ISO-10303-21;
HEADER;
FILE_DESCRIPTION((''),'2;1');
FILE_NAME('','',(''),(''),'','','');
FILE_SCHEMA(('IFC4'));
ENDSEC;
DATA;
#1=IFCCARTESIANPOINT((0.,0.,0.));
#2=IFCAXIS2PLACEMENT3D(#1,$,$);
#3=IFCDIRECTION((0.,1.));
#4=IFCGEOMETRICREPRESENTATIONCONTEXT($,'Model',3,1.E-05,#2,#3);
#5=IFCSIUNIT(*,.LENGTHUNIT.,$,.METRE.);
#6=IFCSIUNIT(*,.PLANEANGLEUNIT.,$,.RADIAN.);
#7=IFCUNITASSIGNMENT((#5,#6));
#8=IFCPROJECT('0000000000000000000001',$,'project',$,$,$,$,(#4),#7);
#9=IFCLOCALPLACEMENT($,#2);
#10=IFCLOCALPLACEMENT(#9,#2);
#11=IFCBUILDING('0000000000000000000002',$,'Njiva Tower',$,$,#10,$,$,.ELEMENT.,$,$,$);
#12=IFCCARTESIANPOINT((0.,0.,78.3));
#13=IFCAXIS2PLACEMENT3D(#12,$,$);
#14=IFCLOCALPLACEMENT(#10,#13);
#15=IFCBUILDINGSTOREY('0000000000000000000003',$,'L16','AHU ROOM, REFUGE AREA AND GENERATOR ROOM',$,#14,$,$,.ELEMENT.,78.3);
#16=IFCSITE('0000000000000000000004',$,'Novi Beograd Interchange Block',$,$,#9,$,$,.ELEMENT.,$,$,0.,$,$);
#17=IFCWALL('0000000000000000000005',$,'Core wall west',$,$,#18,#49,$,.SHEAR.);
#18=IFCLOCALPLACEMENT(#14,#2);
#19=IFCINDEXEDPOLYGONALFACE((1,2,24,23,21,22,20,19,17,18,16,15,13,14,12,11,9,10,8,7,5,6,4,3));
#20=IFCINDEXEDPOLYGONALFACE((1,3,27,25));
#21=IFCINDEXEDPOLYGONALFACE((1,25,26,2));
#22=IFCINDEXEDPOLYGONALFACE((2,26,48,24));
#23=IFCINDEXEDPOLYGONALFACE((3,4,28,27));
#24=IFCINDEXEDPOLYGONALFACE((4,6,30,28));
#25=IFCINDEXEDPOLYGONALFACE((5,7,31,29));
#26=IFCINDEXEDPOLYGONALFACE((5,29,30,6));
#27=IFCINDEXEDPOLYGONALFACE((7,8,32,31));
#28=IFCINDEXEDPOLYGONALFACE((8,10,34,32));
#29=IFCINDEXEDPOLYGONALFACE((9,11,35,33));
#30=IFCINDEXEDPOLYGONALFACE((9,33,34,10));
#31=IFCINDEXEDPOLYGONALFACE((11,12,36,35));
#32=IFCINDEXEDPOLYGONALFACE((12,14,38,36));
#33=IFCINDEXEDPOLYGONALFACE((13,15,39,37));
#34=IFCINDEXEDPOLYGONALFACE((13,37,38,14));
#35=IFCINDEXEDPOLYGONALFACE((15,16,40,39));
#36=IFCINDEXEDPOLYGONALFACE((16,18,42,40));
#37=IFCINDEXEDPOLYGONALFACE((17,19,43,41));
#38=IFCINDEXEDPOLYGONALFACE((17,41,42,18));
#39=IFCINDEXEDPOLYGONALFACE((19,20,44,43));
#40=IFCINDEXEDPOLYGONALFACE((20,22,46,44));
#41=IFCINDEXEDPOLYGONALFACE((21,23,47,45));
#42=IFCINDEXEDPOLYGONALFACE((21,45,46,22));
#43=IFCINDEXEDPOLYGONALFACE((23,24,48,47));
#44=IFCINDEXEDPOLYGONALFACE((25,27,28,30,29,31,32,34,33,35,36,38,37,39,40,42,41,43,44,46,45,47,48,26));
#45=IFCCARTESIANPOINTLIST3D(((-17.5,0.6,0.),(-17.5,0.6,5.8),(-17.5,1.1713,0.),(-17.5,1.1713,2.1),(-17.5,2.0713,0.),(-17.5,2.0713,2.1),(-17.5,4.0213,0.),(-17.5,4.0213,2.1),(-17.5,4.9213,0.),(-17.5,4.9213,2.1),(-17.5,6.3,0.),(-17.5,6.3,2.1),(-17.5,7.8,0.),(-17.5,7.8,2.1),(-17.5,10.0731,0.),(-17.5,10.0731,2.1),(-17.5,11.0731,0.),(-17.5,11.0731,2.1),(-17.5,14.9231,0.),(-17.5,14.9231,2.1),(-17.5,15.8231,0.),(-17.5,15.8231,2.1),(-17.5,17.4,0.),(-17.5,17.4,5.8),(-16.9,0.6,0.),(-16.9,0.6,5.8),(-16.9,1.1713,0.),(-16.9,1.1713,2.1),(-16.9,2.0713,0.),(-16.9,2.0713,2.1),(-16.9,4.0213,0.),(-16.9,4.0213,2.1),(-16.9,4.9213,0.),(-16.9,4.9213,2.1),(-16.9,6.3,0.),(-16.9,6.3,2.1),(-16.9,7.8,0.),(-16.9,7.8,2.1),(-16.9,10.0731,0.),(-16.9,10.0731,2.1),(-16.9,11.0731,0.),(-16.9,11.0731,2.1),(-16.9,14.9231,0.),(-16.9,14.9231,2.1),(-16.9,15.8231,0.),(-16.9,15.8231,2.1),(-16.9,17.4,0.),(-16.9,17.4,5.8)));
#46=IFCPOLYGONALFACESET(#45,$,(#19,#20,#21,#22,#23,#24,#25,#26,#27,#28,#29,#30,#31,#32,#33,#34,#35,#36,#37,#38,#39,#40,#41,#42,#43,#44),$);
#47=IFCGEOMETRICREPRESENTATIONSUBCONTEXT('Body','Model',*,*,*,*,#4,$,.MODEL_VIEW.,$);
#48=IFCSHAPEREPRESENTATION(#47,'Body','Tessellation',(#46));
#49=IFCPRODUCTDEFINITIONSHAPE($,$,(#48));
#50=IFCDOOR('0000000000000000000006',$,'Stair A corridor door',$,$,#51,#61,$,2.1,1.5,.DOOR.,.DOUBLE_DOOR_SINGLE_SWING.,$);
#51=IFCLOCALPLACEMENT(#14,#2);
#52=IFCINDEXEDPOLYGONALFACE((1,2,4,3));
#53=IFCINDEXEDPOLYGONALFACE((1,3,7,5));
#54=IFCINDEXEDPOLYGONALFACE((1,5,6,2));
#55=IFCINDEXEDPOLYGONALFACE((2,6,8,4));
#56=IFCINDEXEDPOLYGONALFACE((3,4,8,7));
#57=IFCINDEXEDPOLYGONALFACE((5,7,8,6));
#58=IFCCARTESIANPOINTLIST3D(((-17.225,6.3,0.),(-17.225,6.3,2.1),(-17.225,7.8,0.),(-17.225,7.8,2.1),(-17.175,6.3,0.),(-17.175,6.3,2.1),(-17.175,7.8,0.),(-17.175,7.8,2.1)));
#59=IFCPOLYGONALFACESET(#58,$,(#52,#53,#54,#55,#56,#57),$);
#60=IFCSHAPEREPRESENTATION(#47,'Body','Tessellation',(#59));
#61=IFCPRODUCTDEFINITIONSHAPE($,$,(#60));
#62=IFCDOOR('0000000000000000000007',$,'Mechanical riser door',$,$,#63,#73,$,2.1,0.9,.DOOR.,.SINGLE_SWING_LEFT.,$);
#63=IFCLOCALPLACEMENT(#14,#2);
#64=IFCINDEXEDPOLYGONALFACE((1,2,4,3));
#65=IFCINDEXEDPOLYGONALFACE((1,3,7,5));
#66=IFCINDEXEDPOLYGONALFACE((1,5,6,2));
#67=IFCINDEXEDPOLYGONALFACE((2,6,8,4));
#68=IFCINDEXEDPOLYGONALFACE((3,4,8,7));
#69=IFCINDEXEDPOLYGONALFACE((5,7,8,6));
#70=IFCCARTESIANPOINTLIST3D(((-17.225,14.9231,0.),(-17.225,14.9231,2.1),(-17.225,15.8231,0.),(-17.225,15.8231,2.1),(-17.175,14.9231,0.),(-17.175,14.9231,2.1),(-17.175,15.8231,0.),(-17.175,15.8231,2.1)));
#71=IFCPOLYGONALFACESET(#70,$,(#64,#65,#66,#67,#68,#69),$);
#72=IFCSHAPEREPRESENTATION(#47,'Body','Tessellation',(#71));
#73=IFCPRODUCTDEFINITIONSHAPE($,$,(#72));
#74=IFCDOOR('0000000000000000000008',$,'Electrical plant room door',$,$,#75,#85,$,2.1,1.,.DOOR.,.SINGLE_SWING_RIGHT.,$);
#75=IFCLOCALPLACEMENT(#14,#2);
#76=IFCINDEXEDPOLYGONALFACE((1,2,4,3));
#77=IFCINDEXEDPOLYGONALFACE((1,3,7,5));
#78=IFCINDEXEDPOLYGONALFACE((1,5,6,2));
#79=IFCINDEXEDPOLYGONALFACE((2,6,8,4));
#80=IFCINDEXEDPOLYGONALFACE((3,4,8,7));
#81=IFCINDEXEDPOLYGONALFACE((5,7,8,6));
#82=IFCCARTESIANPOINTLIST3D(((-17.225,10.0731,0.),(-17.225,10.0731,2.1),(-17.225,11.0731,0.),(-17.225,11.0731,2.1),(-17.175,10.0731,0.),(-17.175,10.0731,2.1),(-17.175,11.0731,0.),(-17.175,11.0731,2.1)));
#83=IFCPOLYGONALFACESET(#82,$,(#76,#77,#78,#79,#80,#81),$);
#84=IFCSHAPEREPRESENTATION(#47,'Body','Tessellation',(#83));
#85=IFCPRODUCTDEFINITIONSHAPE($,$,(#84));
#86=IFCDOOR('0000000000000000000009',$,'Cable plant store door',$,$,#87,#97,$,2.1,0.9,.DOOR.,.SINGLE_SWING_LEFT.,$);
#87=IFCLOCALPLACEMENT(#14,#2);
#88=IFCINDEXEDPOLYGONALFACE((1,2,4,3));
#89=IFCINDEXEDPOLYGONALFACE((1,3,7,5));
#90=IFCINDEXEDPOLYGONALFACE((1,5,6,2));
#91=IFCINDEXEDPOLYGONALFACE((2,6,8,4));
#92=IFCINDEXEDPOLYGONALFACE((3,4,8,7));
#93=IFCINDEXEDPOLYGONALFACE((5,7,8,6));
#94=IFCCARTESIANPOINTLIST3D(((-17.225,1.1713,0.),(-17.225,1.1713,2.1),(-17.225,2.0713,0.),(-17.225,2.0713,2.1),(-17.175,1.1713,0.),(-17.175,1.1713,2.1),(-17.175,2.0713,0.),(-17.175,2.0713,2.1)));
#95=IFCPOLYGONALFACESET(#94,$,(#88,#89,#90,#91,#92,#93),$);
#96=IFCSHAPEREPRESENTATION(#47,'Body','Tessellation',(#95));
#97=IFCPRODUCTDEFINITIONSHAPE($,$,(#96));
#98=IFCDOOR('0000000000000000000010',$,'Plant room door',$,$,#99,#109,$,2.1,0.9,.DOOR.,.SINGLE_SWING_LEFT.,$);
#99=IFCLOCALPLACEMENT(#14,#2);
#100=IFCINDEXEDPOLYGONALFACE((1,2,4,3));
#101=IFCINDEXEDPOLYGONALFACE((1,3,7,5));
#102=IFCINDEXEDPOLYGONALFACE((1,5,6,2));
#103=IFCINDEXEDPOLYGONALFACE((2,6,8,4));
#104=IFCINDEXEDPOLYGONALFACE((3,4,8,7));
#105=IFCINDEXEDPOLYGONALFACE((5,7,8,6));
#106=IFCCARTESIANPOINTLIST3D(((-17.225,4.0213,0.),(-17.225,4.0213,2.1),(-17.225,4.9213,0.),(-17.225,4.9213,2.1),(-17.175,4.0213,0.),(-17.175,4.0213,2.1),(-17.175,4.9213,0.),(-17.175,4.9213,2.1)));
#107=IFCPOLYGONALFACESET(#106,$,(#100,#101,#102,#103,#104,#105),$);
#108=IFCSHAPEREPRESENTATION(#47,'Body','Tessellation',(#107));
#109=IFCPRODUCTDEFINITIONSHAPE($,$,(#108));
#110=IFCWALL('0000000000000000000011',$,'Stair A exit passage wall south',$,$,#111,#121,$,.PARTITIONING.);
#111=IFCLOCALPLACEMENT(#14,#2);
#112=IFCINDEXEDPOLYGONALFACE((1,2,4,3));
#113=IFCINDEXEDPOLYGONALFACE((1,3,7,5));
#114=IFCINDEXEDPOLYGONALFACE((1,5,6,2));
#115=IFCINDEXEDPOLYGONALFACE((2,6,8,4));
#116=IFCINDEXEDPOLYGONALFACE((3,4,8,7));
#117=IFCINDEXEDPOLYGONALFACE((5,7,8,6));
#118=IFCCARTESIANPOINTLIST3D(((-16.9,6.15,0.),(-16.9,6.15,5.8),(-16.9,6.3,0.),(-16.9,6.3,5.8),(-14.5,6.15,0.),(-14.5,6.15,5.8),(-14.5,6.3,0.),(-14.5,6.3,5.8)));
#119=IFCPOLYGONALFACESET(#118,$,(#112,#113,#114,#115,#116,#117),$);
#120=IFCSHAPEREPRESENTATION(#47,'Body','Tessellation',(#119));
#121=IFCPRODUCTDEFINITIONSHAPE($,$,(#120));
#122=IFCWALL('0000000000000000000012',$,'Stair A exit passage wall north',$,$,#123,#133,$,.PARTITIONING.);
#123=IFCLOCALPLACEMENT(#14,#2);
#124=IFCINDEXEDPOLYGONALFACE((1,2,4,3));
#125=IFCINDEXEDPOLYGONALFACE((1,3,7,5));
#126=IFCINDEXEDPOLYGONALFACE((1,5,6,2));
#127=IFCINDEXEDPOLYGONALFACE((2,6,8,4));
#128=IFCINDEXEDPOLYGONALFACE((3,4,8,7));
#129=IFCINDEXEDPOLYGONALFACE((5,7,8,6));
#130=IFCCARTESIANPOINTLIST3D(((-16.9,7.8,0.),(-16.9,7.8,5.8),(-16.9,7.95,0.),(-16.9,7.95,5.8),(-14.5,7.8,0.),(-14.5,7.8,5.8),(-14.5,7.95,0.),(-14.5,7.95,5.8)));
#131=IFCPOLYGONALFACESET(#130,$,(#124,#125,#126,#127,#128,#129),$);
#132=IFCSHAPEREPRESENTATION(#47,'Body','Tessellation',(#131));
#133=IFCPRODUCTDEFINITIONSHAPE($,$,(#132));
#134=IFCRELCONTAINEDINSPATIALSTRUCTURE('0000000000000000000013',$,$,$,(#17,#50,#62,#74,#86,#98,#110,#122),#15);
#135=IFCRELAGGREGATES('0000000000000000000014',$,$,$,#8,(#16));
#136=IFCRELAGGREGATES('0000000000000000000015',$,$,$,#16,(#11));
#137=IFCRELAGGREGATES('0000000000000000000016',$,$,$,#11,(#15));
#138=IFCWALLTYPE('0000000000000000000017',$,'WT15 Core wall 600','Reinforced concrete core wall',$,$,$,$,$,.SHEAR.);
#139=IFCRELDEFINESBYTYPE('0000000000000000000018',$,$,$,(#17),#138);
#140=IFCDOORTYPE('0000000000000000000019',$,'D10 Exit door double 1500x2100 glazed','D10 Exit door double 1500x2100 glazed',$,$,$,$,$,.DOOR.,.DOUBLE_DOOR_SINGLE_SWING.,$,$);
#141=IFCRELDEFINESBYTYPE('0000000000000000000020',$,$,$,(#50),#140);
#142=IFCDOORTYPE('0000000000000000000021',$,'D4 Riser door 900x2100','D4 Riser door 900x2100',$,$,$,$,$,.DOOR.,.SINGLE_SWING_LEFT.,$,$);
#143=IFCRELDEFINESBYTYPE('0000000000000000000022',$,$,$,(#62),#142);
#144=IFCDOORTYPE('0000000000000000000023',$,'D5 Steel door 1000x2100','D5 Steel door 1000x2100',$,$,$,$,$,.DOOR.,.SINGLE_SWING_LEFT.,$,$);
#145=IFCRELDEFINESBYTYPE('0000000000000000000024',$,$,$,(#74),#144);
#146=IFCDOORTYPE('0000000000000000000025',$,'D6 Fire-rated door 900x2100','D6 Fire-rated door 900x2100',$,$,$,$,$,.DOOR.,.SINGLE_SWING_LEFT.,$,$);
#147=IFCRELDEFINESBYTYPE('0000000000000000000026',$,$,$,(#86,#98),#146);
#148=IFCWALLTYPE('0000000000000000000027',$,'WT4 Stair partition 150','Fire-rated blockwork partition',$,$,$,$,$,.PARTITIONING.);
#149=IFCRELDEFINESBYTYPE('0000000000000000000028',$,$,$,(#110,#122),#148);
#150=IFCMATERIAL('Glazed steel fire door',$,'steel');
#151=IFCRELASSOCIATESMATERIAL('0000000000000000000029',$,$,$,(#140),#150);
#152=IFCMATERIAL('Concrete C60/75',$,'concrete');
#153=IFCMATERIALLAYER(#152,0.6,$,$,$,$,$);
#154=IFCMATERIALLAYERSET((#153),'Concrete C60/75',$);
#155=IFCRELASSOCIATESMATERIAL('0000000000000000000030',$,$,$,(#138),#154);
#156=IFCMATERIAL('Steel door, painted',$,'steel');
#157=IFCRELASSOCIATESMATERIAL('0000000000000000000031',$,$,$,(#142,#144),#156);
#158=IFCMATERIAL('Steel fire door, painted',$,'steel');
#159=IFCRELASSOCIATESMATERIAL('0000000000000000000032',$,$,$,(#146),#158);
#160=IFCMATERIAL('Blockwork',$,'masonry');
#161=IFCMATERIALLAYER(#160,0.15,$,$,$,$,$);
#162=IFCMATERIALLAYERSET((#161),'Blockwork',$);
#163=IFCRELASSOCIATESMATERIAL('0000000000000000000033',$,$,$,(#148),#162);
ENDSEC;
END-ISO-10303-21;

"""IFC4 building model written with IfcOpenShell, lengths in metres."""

from ifc_helpers import new_model, si_unit, direction, frame, frame_2d, origin, place, context, subcontext, project, spatial, rectangle, extrude, material, layer, layer_set, type_object, element, fill, save


model = new_model("IFC4")

# Units and contexts
model_context = context("Model", 3, precision=1e-05, world=origin(), true_north=direction((0.0, 1.0)))
body_context = subcontext(model_context, "Body", "Model", "MODEL_VIEW")
ifc_project = project(units=[si_unit("LENGTHUNIT", "METRE"), si_unit("PLANEANGLEUNIT", "RADIAN")], contexts=[model_context])

# Site, building, storey
site_placement = place(None, origin())
site = spatial("IfcSite", under=ifc_project, at=site_placement, Name="Novi Beograd Interchange Block", CompositionType="ELEMENT", RefElevation=0.0)
building_placement = place(site_placement, origin())
building = spatial("IfcBuilding", under=site, at=building_placement, Name="Njiva Tower", CompositionType="ELEMENT")
storey_placement = place(building_placement, frame((0.0, 0.0, 78.3)))
storey = spatial("IfcBuildingStorey", under=building, at=storey_placement, Name="L16", Description="AHU ROOM, REFUGE AREA AND GENERATOR ROOM", CompositionType="ELEMENT", Elevation=78.3)

# Shared definitions
ifc_material_1 = material(Name="Blockwork", Category="masonry")

# Shared definitions
ifc_material_2 = material(Name="Glazed steel fire door", Category="steel")
door_type_1 = type_object("IfcDoorType", Name="D10 Exit door double 1500x2100 glazed", Description="D10 Exit door double 1500x2100 glazed", OperationType="DOUBLE_DOOR_SINGLE_SWING", PredefinedType="DOOR", material=ifc_material_2)

# Wall, openings, doors
ifc_material_3 = material(Name="Concrete C60/75", Category="concrete")
ifc_layer_1 = layer(ifc_material_3, 0.6)
ifc_layer_set_1 = layer_set([ifc_layer_1], Name="Concrete C60/75")
wall_type_1 = type_object("IfcWallType", Name="WT15 Core wall 600", Description="Reinforced concrete core wall", PredefinedType="SHEAR", material=ifc_layer_set_1)
wall_1_placement = place(storey_placement, frame((-17.2, 0.6, 0.0), z_axis=(0.0, 0.0, 1.0), x_axis=(0.0, 1.0, 0.0)))
wall_1 = element("IfcWall", 1, at=wall_1_placement, inside=storey, type_object=wall_type_1, Name="Core wall west", PredefinedType="SHEAR", context=body_context, shape_type="SweptSolid", body=[
    extrude(rectangle(XDim=16.8, YDim=0.6, at=frame_2d((8.4, 0.0))), origin(), (0.0, 0.0, 1.0), 5.8),
])
opening_1_placement = place(wall_1_placement, frame((5.7, 0.0, 0.0)))
opening_1 = element("IfcOpeningElement", 2, at=opening_1_placement, cuts=wall_1, PredefinedType="OPENING", context=body_context, shape_type="SweptSolid", body=[
    extrude(rectangle(XDim=1.5, YDim=2.1, at=frame_2d((0.75, 1.05))), frame((0.0, 0.31, 0.0), z_axis=(0.0, -1.0, 0.0), x_axis=(1.0, 0.0, 0.0)), (0.0, 0.0, 1.0), 0.62),
])
opening_2_placement = place(wall_1_placement, frame((0.5713, 0.0, 0.0)))
opening_2 = element("IfcOpeningElement", 3, at=opening_2_placement, cuts=wall_1, PredefinedType="OPENING", context=body_context, shape_type="SweptSolid", body=[
    extrude(rectangle(XDim=0.9, YDim=2.1, at=frame_2d((0.45, 1.05))), frame((0.0, 0.31, 0.0), z_axis=(0.0, -1.0, 0.0), x_axis=(1.0, 0.0, 0.0)), (0.0, 0.0, 1.0), 0.62),
])
opening_3_placement = place(wall_1_placement, frame((3.4213, 0.0, 0.0)))
opening_3 = element("IfcOpeningElement", 4, at=opening_3_placement, cuts=wall_1, PredefinedType="OPENING", context=body_context, shape_type="SweptSolid", body=[
    extrude(rectangle(XDim=0.9, YDim=2.1, at=frame_2d((0.45, 1.05))), frame((0.0, 0.31, 0.0), z_axis=(0.0, -1.0, 0.0), x_axis=(1.0, 0.0, 0.0)), (0.0, 0.0, 1.0), 0.62),
])
opening_4_placement = place(wall_1_placement, frame((9.4731, 0.0, 0.0)))
opening_4 = element("IfcOpeningElement", 5, at=opening_4_placement, cuts=wall_1, PredefinedType="OPENING", context=body_context, shape_type="SweptSolid", body=[
    extrude(rectangle(XDim=1.0, YDim=2.1, at=frame_2d((0.5, 1.05))), frame((0.0, 0.31, 0.0), z_axis=(0.0, -1.0, 0.0), x_axis=(1.0, 0.0, 0.0)), (0.0, 0.0, 1.0), 0.62),
])
opening_5_placement = place(wall_1_placement, frame((14.3231, 0.0, 0.0)))
opening_5 = element("IfcOpeningElement", 6, at=opening_5_placement, cuts=wall_1, PredefinedType="OPENING", context=body_context, shape_type="SweptSolid", body=[
    extrude(rectangle(XDim=0.9, YDim=2.1, at=frame_2d((0.45, 1.05))), frame((0.0, 0.31, 0.0), z_axis=(0.0, -1.0, 0.0), x_axis=(1.0, 0.0, 0.0)), (0.0, 0.0, 1.0), 0.62),
])
door_1_placement = place(opening_1_placement, origin())
door_1 = element("IfcDoor", 7, at=door_1_placement, inside=storey, type_object=door_type_1, Name="Stair A corridor door", OperationType="DOUBLE_DOOR_SINGLE_SWING", OverallHeight=2.1, OverallWidth=1.5, PredefinedType="DOOR", context=body_context, shape_type="SweptSolid", body=[
    extrude(rectangle(XDim=1.5, YDim=2.1, at=frame_2d((0.75, 1.05))), frame((0.0, 0.025, 0.0), z_axis=(0.0, -1.0, 0.0), x_axis=(1.0, 0.0, 0.0)), (0.0, 0.0, 1.0), 0.05),
])
fill(opening_1, door_1)
ifc_material_4 = material(Name="Steel door, painted", Category="steel")
door_type_2 = type_object("IfcDoorType", Name="D4 Riser door 900x2100", Description="D4 Riser door 900x2100", OperationType="SINGLE_SWING_LEFT", PredefinedType="DOOR", material=ifc_material_4)
door_2_placement = place(opening_5_placement, origin())
door_2 = element("IfcDoor", 8, at=door_2_placement, inside=storey, type_object=door_type_2, Name="Mechanical riser door", OperationType="SINGLE_SWING_LEFT", OverallHeight=2.1, OverallWidth=0.9, PredefinedType="DOOR", context=body_context, shape_type="SweptSolid", body=[
    extrude(rectangle(XDim=0.9, YDim=2.1, at=frame_2d((0.45, 1.05))), frame((0.0, 0.025, 0.0), z_axis=(0.0, -1.0, 0.0), x_axis=(1.0, 0.0, 0.0)), (0.0, 0.0, 1.0), 0.05),
])
fill(opening_5, door_2)
door_type_3 = type_object("IfcDoorType", Name="D5 Steel door 1000x2100", Description="D5 Steel door 1000x2100", OperationType="SINGLE_SWING_LEFT", PredefinedType="DOOR", material=ifc_material_4)
door_3_placement = place(opening_4_placement, origin())
door_3 = element("IfcDoor", 9, at=door_3_placement, inside=storey, type_object=door_type_3, Name="Electrical plant room door", OperationType="SINGLE_SWING_RIGHT", OverallHeight=2.1, OverallWidth=1.0, PredefinedType="DOOR", context=body_context, shape_type="SweptSolid", body=[
    extrude(rectangle(XDim=1.0, YDim=2.1, at=frame_2d((0.5, 1.05))), frame((0.0, 0.025, 0.0), z_axis=(0.0, -1.0, 0.0), x_axis=(1.0, 0.0, 0.0)), (0.0, 0.0, 1.0), 0.05),
])
fill(opening_4, door_3)
ifc_material_5 = material(Name="Steel fire door, painted", Category="steel")
door_type_4 = type_object("IfcDoorType", Name="D6 Fire-rated door 900x2100", Description="D6 Fire-rated door 900x2100", OperationType="SINGLE_SWING_LEFT", PredefinedType="DOOR", material=ifc_material_5)
door_4_placement = place(opening_2_placement, origin())
door_4 = element("IfcDoor", 10, at=door_4_placement, inside=storey, type_object=door_type_4, Name="Cable plant store door", OperationType="SINGLE_SWING_LEFT", OverallHeight=2.1, OverallWidth=0.9, PredefinedType="DOOR", context=body_context, shape_type="SweptSolid", body=[
    extrude(rectangle(XDim=0.9, YDim=2.1, at=frame_2d((0.45, 1.05))), frame((0.0, 0.025, 0.0), z_axis=(0.0, -1.0, 0.0), x_axis=(1.0, 0.0, 0.0)), (0.0, 0.0, 1.0), 0.05),
])
fill(opening_2, door_4)
door_5_placement = place(opening_3_placement, origin())
door_5 = element("IfcDoor", 11, at=door_5_placement, inside=storey, type_object=door_type_4, Name="Plant room door", OperationType="SINGLE_SWING_LEFT", OverallHeight=2.1, OverallWidth=0.9, PredefinedType="DOOR", context=body_context, shape_type="SweptSolid", body=[
    extrude(rectangle(XDim=0.9, YDim=2.1, at=frame_2d((0.45, 1.05))), frame((0.0, 0.025, 0.0), z_axis=(0.0, -1.0, 0.0), x_axis=(1.0, 0.0, 0.0)), (0.0, 0.0, 1.0), 0.05),
])
fill(opening_3, door_5)

# Walls
ifc_layer_2 = layer(ifc_material_1, 0.15)
ifc_layer_set_2 = layer_set([ifc_layer_2], Name="Blockwork")
wall_type_2 = type_object("IfcWallType", Name="WT4 Stair partition 150", Description="Fire-rated blockwork partition", PredefinedType="PARTITIONING", material=ifc_layer_set_2)
for number, where, z_axis, x_axis, name in (
    (12, (-16.9, 6.225, 0.0), (0.0, 0.0, 1.0), (1.0, 0.0, 0.0), "Stair A exit passage wall south"),
    (13, (-16.9, 7.875, 0.0), (0.0, 0.0, 1.0), (1.0, 0.0, 0.0), "Stair A exit passage wall north"),
):
    element("IfcWall", number, at=place(storey_placement, frame(where, z_axis=z_axis, x_axis=x_axis)), inside=storey, type_object=wall_type_2, Name=name, PredefinedType="PARTITIONING", context=body_context, shape_type="SweptSolid", body=[
        extrude(rectangle(XDim=2.4, YDim=0.15, at=frame_2d((1.2, 0.0))), origin(), (0.0, 0.0, 1.0), 5.8),
    ])

save(model, "model.ifc")
